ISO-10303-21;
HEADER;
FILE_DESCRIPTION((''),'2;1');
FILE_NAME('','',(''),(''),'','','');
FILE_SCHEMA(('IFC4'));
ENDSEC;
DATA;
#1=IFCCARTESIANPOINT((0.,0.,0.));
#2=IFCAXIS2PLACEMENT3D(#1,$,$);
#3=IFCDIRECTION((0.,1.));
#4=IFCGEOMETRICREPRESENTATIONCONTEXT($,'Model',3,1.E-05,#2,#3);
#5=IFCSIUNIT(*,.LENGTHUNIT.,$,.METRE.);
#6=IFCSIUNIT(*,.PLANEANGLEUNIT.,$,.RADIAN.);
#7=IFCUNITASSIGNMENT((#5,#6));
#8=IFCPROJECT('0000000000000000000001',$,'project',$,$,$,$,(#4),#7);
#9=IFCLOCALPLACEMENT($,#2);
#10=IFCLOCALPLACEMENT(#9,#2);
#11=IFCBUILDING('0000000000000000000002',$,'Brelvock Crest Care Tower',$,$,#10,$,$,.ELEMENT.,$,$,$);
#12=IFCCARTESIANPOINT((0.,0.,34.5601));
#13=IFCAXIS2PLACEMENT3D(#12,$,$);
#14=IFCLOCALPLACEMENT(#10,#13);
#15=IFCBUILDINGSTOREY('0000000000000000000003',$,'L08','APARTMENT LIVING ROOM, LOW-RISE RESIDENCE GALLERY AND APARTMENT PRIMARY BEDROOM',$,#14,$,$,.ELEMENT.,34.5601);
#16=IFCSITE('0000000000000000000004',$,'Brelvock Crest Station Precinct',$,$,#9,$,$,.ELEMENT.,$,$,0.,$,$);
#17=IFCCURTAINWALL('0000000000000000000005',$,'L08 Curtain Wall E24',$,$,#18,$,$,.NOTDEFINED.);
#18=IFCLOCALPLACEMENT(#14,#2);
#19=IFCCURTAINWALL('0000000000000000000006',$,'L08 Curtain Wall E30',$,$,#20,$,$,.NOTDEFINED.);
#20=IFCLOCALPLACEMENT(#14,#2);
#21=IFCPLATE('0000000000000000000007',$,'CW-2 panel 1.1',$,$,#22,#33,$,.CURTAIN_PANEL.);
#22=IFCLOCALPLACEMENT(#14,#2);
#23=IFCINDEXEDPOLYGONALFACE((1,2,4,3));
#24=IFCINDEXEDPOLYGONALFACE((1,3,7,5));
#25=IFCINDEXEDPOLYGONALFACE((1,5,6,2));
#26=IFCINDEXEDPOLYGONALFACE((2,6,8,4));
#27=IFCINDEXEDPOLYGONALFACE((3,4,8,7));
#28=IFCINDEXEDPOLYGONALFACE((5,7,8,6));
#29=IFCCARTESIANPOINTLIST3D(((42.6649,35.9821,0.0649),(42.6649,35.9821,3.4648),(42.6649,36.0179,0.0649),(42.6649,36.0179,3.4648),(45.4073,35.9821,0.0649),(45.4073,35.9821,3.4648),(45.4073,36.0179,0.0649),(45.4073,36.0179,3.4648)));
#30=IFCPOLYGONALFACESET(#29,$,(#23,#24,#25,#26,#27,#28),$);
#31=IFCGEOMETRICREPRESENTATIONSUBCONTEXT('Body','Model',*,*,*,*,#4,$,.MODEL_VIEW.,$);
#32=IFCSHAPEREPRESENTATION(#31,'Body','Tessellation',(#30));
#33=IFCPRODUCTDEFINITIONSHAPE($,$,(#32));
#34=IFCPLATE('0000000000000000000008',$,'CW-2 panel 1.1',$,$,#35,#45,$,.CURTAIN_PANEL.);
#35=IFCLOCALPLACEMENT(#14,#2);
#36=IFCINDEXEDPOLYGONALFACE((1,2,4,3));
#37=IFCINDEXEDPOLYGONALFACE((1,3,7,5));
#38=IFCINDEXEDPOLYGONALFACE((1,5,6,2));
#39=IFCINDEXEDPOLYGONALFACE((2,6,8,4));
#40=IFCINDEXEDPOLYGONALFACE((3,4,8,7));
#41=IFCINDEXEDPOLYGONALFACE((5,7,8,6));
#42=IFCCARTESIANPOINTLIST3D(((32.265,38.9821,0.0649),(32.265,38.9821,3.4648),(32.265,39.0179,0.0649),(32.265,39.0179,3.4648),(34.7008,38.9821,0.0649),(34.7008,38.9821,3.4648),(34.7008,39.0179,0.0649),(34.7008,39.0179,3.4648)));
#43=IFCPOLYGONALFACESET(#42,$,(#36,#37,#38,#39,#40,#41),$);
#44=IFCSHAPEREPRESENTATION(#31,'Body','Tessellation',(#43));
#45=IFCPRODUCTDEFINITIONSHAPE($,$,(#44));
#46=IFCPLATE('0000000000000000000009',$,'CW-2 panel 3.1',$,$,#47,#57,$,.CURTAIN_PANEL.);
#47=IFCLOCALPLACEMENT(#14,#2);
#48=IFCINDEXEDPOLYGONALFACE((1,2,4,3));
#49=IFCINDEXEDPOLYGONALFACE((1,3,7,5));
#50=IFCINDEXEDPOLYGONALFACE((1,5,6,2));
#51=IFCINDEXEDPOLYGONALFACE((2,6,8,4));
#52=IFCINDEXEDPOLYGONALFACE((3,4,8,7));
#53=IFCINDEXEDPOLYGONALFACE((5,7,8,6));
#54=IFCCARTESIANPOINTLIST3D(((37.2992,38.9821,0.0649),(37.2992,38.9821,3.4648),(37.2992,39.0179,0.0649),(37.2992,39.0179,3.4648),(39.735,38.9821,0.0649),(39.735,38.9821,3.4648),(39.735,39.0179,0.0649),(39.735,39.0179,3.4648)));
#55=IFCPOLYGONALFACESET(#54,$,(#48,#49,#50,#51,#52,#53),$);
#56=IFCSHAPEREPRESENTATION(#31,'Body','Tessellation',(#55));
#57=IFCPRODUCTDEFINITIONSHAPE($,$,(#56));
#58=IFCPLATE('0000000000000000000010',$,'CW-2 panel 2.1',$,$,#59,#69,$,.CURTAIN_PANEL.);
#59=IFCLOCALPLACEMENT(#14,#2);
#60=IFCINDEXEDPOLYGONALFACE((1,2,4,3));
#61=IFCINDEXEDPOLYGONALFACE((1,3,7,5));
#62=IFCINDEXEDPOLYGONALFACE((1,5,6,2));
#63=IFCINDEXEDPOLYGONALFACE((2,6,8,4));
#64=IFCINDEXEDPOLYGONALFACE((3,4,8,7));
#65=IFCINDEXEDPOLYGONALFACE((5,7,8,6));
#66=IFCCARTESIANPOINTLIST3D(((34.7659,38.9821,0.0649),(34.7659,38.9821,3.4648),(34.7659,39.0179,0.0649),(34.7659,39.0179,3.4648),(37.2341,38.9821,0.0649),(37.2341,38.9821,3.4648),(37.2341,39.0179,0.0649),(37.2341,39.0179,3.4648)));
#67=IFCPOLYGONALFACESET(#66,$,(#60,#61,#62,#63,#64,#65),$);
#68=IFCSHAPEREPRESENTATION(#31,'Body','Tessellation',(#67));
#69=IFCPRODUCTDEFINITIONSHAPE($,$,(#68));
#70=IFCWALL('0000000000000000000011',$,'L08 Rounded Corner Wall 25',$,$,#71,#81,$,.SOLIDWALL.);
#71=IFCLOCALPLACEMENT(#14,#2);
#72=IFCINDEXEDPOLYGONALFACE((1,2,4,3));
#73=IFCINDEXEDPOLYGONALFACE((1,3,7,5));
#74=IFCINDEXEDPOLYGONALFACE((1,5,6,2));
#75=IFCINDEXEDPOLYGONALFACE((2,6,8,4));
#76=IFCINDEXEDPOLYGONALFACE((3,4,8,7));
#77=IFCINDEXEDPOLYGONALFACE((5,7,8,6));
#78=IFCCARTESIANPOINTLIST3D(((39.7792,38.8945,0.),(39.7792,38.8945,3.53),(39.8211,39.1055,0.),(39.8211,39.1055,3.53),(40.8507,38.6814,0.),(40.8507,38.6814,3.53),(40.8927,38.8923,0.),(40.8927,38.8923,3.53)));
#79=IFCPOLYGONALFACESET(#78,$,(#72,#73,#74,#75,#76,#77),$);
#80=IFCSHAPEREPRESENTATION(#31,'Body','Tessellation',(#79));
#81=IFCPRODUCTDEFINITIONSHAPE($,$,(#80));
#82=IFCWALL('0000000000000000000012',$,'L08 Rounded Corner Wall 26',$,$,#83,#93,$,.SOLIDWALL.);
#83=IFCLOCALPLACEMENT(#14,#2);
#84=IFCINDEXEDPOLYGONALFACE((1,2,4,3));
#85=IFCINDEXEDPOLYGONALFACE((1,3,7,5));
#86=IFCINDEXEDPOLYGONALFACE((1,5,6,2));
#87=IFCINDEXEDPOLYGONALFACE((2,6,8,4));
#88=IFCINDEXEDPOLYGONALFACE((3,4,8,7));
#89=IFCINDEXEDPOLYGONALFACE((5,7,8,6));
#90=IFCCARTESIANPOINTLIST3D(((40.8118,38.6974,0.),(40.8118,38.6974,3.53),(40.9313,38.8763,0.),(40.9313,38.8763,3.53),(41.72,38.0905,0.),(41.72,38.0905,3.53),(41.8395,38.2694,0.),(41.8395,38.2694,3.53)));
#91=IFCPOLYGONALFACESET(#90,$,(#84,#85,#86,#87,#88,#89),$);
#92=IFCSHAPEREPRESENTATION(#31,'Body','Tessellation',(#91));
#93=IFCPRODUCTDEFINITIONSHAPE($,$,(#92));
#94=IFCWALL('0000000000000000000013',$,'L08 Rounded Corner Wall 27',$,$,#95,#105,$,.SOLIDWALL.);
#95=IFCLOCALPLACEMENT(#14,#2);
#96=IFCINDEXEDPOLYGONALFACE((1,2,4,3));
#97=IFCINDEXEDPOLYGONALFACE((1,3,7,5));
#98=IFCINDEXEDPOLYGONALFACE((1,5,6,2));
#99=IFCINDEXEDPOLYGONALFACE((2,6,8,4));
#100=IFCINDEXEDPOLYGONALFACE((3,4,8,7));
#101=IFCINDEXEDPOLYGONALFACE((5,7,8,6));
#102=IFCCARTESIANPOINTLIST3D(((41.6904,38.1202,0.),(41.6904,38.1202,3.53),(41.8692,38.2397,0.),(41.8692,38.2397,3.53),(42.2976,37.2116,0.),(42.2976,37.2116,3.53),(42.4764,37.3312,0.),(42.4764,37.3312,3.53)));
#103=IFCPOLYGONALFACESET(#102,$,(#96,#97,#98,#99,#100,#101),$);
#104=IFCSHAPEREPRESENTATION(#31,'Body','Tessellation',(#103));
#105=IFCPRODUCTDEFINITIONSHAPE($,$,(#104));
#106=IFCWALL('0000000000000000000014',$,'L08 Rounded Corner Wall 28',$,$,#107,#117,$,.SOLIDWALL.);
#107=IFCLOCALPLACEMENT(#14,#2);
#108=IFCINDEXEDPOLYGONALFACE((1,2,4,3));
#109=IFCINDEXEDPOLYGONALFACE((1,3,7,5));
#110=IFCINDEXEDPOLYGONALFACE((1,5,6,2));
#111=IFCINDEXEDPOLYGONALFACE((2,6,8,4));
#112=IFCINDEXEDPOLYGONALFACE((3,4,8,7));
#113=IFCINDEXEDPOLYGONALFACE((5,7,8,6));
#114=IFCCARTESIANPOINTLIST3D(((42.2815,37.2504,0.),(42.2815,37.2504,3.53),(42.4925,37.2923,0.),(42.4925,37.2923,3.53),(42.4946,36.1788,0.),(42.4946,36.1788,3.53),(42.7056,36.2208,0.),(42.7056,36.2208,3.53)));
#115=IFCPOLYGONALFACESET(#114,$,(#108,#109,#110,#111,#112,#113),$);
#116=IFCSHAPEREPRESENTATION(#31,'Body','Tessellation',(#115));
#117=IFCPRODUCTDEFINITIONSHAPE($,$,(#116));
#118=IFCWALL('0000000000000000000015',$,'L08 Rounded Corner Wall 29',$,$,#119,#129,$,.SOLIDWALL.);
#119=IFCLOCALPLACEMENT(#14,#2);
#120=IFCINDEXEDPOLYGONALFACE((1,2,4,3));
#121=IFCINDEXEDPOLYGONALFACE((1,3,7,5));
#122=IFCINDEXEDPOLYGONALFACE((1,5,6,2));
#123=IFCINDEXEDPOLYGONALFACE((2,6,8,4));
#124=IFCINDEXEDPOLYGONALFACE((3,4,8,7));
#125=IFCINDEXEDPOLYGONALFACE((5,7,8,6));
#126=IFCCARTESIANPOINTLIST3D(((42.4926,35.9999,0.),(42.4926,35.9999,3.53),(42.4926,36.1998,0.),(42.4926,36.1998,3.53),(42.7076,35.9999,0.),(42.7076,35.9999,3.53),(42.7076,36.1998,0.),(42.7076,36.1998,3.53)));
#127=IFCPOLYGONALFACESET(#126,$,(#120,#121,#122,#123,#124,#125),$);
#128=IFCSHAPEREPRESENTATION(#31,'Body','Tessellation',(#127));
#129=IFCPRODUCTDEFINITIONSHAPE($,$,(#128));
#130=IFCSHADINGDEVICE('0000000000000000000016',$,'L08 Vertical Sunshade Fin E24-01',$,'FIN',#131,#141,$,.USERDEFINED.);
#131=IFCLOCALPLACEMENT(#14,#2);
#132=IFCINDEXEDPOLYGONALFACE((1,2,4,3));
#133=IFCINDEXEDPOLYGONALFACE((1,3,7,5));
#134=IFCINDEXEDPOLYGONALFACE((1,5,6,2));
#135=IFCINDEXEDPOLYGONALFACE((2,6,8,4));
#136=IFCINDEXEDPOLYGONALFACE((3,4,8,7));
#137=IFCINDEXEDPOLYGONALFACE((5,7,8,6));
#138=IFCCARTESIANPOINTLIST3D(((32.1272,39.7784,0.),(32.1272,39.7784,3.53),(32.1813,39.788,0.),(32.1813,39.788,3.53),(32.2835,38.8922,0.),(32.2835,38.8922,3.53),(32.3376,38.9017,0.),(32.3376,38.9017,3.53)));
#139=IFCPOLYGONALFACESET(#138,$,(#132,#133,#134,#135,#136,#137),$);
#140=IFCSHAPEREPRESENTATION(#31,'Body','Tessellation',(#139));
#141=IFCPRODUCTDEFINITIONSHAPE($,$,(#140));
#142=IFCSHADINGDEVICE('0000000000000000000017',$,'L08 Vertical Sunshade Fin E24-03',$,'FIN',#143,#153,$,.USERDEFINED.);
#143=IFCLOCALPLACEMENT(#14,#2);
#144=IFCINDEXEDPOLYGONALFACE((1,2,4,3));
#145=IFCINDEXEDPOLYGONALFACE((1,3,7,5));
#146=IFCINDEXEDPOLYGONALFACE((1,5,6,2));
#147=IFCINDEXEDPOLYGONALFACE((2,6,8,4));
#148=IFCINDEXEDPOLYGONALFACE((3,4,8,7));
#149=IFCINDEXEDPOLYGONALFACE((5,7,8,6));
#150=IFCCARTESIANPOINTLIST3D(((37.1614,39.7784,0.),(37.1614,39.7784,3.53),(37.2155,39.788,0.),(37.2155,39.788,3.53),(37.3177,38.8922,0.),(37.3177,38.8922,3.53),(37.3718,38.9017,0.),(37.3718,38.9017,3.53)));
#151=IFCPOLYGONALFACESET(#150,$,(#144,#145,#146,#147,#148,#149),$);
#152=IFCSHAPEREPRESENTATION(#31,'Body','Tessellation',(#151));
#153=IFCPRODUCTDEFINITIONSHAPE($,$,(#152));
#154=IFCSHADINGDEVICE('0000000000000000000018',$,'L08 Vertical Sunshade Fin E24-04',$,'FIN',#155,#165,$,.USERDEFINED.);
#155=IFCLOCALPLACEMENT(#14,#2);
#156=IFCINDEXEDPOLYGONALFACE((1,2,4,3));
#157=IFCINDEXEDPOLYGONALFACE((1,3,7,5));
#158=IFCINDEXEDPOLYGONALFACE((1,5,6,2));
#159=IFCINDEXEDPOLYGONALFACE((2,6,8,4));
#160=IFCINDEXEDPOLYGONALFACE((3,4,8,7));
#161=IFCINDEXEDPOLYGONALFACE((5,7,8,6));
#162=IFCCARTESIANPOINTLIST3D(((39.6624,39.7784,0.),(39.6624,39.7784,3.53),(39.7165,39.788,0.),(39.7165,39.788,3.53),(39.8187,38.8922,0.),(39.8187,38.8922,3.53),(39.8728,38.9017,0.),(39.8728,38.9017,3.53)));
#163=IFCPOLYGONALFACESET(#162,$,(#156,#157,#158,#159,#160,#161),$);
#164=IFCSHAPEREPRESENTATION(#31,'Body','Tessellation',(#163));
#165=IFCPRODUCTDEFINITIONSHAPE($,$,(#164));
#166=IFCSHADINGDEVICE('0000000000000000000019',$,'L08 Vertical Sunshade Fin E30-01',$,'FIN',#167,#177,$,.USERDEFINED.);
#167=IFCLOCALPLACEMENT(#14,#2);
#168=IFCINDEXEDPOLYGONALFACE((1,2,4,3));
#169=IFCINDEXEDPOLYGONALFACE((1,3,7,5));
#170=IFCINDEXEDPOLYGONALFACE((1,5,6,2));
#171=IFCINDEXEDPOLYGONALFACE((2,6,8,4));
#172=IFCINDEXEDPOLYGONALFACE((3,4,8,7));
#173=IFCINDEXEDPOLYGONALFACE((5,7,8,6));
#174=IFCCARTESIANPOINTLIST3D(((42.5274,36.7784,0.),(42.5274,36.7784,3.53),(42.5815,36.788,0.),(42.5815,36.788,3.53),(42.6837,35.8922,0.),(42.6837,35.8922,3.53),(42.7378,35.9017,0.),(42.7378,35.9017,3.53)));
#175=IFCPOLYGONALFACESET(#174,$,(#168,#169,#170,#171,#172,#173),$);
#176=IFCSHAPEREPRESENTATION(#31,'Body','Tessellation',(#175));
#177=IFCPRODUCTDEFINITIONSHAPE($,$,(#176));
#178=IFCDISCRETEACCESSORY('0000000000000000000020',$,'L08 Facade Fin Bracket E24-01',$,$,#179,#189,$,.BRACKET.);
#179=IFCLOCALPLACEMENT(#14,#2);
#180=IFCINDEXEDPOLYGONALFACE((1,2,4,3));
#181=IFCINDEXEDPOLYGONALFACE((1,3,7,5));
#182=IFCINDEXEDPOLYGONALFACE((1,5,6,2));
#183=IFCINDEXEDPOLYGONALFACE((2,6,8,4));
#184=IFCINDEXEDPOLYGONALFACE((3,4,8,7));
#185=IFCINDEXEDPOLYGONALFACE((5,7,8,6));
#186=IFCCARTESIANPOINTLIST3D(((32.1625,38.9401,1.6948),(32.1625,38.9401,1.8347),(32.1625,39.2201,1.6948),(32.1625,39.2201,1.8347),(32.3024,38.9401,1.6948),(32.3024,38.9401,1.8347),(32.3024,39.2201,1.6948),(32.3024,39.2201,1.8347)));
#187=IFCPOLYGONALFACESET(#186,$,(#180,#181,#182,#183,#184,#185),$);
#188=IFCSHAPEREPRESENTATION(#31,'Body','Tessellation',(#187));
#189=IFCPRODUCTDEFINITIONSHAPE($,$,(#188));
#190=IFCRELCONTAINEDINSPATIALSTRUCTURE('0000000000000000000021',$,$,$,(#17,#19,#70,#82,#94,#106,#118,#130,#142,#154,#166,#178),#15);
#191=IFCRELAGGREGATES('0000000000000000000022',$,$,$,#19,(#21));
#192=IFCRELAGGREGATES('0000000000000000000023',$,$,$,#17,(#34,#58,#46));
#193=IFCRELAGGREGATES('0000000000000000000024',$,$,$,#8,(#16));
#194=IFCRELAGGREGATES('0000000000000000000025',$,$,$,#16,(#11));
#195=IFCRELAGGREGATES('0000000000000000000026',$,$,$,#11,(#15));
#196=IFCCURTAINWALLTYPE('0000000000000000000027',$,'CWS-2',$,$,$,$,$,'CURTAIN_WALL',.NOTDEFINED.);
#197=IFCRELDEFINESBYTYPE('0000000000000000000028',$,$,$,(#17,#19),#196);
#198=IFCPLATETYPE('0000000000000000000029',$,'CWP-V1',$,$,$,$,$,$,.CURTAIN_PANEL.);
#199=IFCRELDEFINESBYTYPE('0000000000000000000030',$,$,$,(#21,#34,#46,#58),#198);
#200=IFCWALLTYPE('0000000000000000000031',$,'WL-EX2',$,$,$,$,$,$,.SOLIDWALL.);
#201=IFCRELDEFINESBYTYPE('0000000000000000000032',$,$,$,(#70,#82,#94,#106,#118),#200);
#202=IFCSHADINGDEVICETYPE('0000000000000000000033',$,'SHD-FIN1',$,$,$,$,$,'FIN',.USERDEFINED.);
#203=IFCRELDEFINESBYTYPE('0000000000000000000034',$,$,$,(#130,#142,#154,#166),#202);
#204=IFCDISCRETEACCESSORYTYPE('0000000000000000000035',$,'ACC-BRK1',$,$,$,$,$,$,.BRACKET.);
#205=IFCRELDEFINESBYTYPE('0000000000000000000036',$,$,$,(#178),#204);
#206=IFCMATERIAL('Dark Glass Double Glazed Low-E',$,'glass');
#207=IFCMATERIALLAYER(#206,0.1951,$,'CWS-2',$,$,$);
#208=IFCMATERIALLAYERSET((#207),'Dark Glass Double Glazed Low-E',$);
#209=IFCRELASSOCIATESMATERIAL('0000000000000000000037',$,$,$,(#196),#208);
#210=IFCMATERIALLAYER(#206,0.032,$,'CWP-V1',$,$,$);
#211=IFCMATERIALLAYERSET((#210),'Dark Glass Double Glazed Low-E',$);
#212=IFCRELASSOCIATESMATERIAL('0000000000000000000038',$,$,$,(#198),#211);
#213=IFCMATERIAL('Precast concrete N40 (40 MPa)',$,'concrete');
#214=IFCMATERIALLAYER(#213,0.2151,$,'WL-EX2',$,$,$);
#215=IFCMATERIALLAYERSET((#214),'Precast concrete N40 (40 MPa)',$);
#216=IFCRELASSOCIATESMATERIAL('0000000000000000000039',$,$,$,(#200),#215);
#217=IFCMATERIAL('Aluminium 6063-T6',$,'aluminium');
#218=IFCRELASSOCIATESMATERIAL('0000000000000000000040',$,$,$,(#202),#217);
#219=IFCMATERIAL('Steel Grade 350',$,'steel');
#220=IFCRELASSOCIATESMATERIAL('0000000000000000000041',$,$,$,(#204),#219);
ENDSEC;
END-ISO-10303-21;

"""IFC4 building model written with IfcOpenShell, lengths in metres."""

from ifc_helpers import new_model, si_unit, direction, frame, frame_2d, origin, origin_2d, place, context, subcontext, project, spatial, rectangle, extrude, source, transform, mapped, material, layer, layer_set, material_profile, profile_set, type_object, element, aggregate, save


model = new_model("IFC4")

# Units and contexts
model_context = context("Model", 3, precision=1e-05, world=origin(), true_north=direction((0.0, 1.0)))
body_context = subcontext(model_context, "Body", "Model", "MODEL_VIEW")
ifc_project = project(units=[si_unit("LENGTHUNIT", "METRE"), si_unit("PLANEANGLEUNIT", "RADIAN")], contexts=[model_context])

# Site, building, storey
site_placement = place(None, origin())
site = spatial("IfcSite", under=ifc_project, at=site_placement, Name="Brelvock Crest Station Precinct", CompositionType="ELEMENT", RefElevation=0.0)
building_placement = place(site_placement, origin())
building = spatial("IfcBuilding", under=site, at=building_placement, Name="Brelvock Crest Care Tower", CompositionType="ELEMENT")
storey_placement = place(building_placement, frame((0.0, 0.0, 34.5601)))
storey = spatial("IfcBuildingStorey", under=building, at=storey_placement, Name="L08", Description="APARTMENT LIVING ROOM, LOW-RISE RESIDENCE GALLERY AND APARTMENT PRIMARY BEDROOM", CompositionType="ELEMENT", Elevation=34.5601)

# Shared definitions
ifc_material_1 = material(Name="Steel Grade 350", Category="steel")

# Curtain walls
ifc_material_2 = material(Name="Dark Glass Double Glazed Low-E", Category="glass")
ifc_layer_1 = layer(ifc_material_2, 0.1951, Name="CWS-2")
ifc_layer_set_1 = layer_set([ifc_layer_1], Name="Dark Glass Double Glazed Low-E")
curtain_wall_type = type_object("IfcCurtainWallType", Name="CWS-2", ElementType="CURTAIN_WALL", PredefinedType="NOTDEFINED", material=ifc_layer_set_1)
curtain_wall_1_placement = place(storey_placement, origin())
curtain_wall_1 = element("IfcCurtainWall", 1, at=curtain_wall_1_placement, inside=storey, type_object=curtain_wall_type, Name="L08 Curtain Wall E24", PredefinedType="NOTDEFINED")
ifc_material_3 = material(Name="Aluminium 6063-T6", Category="aluminium")
curtain_wall_2_placement = place(storey_placement, origin())
curtain_wall_2 = element("IfcCurtainWall", 2, at=curtain_wall_2_placement, inside=storey, type_object=curtain_wall_type, Name="L08 Curtain Wall E30", PredefinedType="NOTDEFINED")

# Plates
ifc_layer_2 = layer(ifc_material_2, 0.032, Name="CWP-V1")
ifc_layer_set_2 = layer_set([ifc_layer_2], Name="Dark Glass Double Glazed Low-E")
plate_type = type_object("IfcPlateType", Name="CWP-V1", PredefinedType="CURTAIN_PANEL", material=ifc_layer_set_2)
shared_shape_1 = source(origin(), body_context, "Body", "SweptSolid", [
    extrude(rectangle(XDim=2.7424, YDim=0.0359, at=origin_2d()), origin(), (0.0, 0.0, 1.0), 3.3999),
])
plate_1_placement = place(storey_placement, frame((44.0361, 36.0, 0.0649), z_axis=(0.0, 0.0, 1.0), x_axis=(1.0, 0.0, 0.0)))
plate_1 = element("IfcPlate", 3, at=plate_1_placement, type_object=plate_type, Name="CW-2 panel 1.1", PredefinedType="CURTAIN_PANEL", context=body_context, shape_type="MappedRepresentation", body=[
    mapped(shared_shape_1, transform((0.0, 0.0, 0.0), x_axis=(1.0, 0.0, 0.0), y_axis=(0.0, 1.0, 0.0), z_axis=(0.0, 0.0, 1.0), scale=1.0)),
])
aggregate(curtain_wall_2, [plate_1])
shared_shape_2 = source(origin(), body_context, "Body", "SweptSolid", [
    extrude(rectangle(XDim=2.4358, YDim=0.0359, at=origin_2d()), origin(), (0.0, 0.0, 1.0), 3.3999),
])
plate_2_placement = place(storey_placement, frame((33.4829, 39.0, 0.0649), z_axis=(0.0, 0.0, 1.0), x_axis=(1.0, 0.0, 0.0)))
plate_2 = element("IfcPlate", 4, at=plate_2_placement, type_object=plate_type, Name="CW-2 panel 1.1", PredefinedType="CURTAIN_PANEL", context=body_context, shape_type="MappedRepresentation", body=[
    mapped(shared_shape_2, transform((0.0, 0.0, 0.0), x_axis=(1.0, 0.0, 0.0), y_axis=(0.0, 1.0, 0.0), z_axis=(0.0, 0.0, 1.0), scale=1.0)),
])
plate_3_placement = place(storey_placement, frame((38.5171, 39.0, 0.0649), z_axis=(0.0, 0.0, 1.0), x_axis=(1.0, 0.0, 0.0)))
plate_3 = element("IfcPlate", 5, at=plate_3_placement, type_object=plate_type, Name="CW-2 panel 3.1", PredefinedType="CURTAIN_PANEL", context=body_context, shape_type="MappedRepresentation", body=[
    mapped(shared_shape_2, transform((0.0, 0.0, 0.0), x_axis=(1.0, 0.0, 0.0), y_axis=(0.0, 1.0, 0.0), z_axis=(0.0, 0.0, 1.0), scale=1.0)),
])
shared_shape_3 = source(origin(), body_context, "Body", "SweptSolid", [
    extrude(rectangle(XDim=2.4683, YDim=0.0359, at=origin_2d()), origin(), (0.0, 0.0, 1.0), 3.3999),
])
plate_4_placement = place(storey_placement, frame((36.0, 39.0, 0.0649), z_axis=(0.0, 0.0, 1.0), x_axis=(1.0, 0.0, 0.0)))
plate_4 = element("IfcPlate", 6, at=plate_4_placement, type_object=plate_type, Name="CW-2 panel 2.1", PredefinedType="CURTAIN_PANEL", context=body_context, shape_type="MappedRepresentation", body=[
    mapped(shared_shape_3, transform((0.0, 0.0, 0.0), x_axis=(1.0, 0.0, 0.0), y_axis=(0.0, 1.0, 0.0), z_axis=(0.0, 0.0, 1.0), scale=1.0)),
])
aggregate(curtain_wall_1, [plate_2, plate_4, plate_3])

# Walls
ifc_material_4 = material(Name="Precast concrete N40 (40 MPa)", Category="concrete")
ifc_layer_3 = layer(ifc_material_4, 0.2151, Name="WL-EX2")
ifc_layer_set_3 = layer_set([ifc_layer_3], Name="Precast concrete N40 (40 MPa)")
wall_type = type_object("IfcWallType", Name="WL-EX2", PredefinedType="SOLIDWALL", material=ifc_layer_set_3)
wall_1_placement = place(storey_placement, frame((39.8, 39.0, 0.0), z_axis=(0.0, 0.0, 1.0), x_axis=(0.980786, -0.195085, 0.0)))
element("IfcWall", 7, at=wall_1_placement, inside=storey, type_object=wall_type, Name="L08 Rounded Corner Wall 25", PredefinedType="SOLIDWALL", context=body_context, shape_type="SweptSolid", body=[
    extrude(rectangle(XDim=1.0925, YDim=0.2151, at=frame_2d((0.5464, 0.0))), origin(), (0.0, 0.0, 1.0), 3.53),
])
wall_2_placement = place(storey_placement, frame((40.8716, 38.7869, 0.0), z_axis=(0.0, 0.0, 1.0), x_axis=(0.831431, -0.555628, 0.0)))
element("IfcWall", 8, at=wall_2_placement, inside=storey, type_object=wall_type, Name="L08 Rounded Corner Wall 26", PredefinedType="SOLIDWALL", context=body_context, shape_type="SweptSolid", body=[
    extrude(rectangle(XDim=1.0923, YDim=0.2151, at=frame_2d((0.5461, 0.0))), origin(), (0.0, 0.0, 1.0), 3.53),
])
wall_3_placement = place(storey_placement, frame((41.7798, 38.1799, 0.0), z_axis=(0.0, 0.0, 1.0), x_axis=(0.555679, -0.831397, 0.0)))
element("IfcWall", 9, at=wall_3_placement, inside=storey, type_object=wall_type, Name="L08 Rounded Corner Wall 27", PredefinedType="SOLIDWALL", context=body_context, shape_type="SweptSolid", body=[
    extrude(rectangle(XDim=1.0928, YDim=0.2151, at=frame_2d((0.5464, 0.0))), origin(), (0.0, 0.0, 1.0), 3.53),
])
wall_4_placement = place(storey_placement, frame((42.387, 37.2715, 0.0), z_axis=(0.0, 0.0, 1.0), x_axis=(0.195085, -0.980786, 0.0)))
element("IfcWall", 10, at=wall_4_placement, inside=storey, type_object=wall_type, Name="L08 Rounded Corner Wall 28", PredefinedType="SOLIDWALL", context=body_context, shape_type="SweptSolid", body=[
    extrude(rectangle(XDim=1.0925, YDim=0.2151, at=frame_2d((0.5464, 0.0))), origin(), (0.0, 0.0, 1.0), 3.53),
])
wall_5_placement = place(storey_placement, frame((42.6001, 36.2, 0.0), z_axis=(0.0, 0.0, 1.0), x_axis=(0.0, -1.0, 0.0)))
element("IfcWall", 11, at=wall_5_placement, inside=storey, type_object=wall_type, Name="L08 Rounded Corner Wall 29", PredefinedType="SOLIDWALL", context=body_context, shape_type="SweptSolid", body=[
    extrude(rectangle(XDim=0.2, YDim=0.2151, at=frame_2d((0.1001, 0.0))), origin(), (0.0, 0.0, 1.0), 3.53),
])

# Shading devices
ifc_material_profile_1 = material_profile(ifc_material_3, rectangle(XDim=0.0549, YDim=0.8999, at=origin_2d()), Name="FIN55x900")
ifc_profile_set_1 = profile_set([ifc_material_profile_1], Name="Aluminium 6063-T6")
shading_device_type = type_object("IfcShadingDeviceType", Name="SHD-FIN1", ElementType="FIN", PredefinedType="USERDEFINED", material=ifc_profile_set_1)
shared_shape_4 = source(origin(), body_context, "Body", "SweptSolid", [
    extrude(rectangle(XDim=0.0549, YDim=0.8999, at=origin_2d()), origin(), (0.0, 0.0, 1.0), 3.53),
])
for number, where, z_axis, x_axis, name in (
    (12, (32.2324, 39.3401, 0.0), (0.0, 0.0, 1.0), (0.984808, 0.173648, 0.0), "L08 Vertical Sunshade Fin E24-01"),
    (13, (37.2666, 39.3401, 0.0), (0.0, 0.0, 1.0), (0.984808, 0.173648, 0.0), "L08 Vertical Sunshade Fin E24-03"),
    (14, (39.7676, 39.3401, 0.0), (0.0, 0.0, 1.0), (0.984808, 0.173648, 0.0), "L08 Vertical Sunshade Fin E24-04"),
    (15, (42.6326, 36.3401, 0.0), (0.0, 0.0, 1.0), (0.984808, 0.173648, 0.0), "L08 Vertical Sunshade Fin E30-01"),
):
    element("IfcShadingDevice", number, at=place(storey_placement, frame(where, z_axis=z_axis, x_axis=x_axis)), inside=storey, type_object=shading_device_type, Name=name, ObjectType="FIN", PredefinedType="USERDEFINED", context=body_context, shape_type="MappedRepresentation", body=[
        mapped(shared_shape_4, transform((0.0, 0.0, 0.0), x_axis=(1.0, 0.0, 0.0), y_axis=(0.0, 1.0, 0.0), z_axis=(0.0, 0.0, 1.0), scale=1.0)),
    ])

# Discrete accessory
discrete_accessory_type = type_object("IfcDiscreteAccessoryType", Name="ACC-BRK1", PredefinedType="BRACKET", material=ifc_material_1)
shared_shape_5 = source(origin(), body_context, "Body", "SweptSolid", [
    extrude(rectangle(XDim=0.28, YDim=0.1399, at=origin_2d()), origin(), (0.0, 0.0, 1.0), 0.1399),
])
for number, where, z_axis, x_axis, name in (
    (16, (32.2324, 39.0801, 1.6948), (0.0, 0.0, 1.0), (0.0, 1.0, 0.0), "L08 Facade Fin Bracket E24-01"),
):
    element("IfcDiscreteAccessory", number, at=place(storey_placement, frame(where, z_axis=z_axis, x_axis=x_axis)), inside=storey, type_object=discrete_accessory_type, Name=name, PredefinedType="BRACKET", context=body_context, shape_type="MappedRepresentation", body=[
        mapped(shared_shape_5, transform((0.0, 0.0, 0.0), x_axis=(1.0, 0.0, 0.0), y_axis=(0.0, 1.0, 0.0), z_axis=(0.0, 0.0, 1.0), scale=1.0)),
    ])

save(model, "model.ifc")
